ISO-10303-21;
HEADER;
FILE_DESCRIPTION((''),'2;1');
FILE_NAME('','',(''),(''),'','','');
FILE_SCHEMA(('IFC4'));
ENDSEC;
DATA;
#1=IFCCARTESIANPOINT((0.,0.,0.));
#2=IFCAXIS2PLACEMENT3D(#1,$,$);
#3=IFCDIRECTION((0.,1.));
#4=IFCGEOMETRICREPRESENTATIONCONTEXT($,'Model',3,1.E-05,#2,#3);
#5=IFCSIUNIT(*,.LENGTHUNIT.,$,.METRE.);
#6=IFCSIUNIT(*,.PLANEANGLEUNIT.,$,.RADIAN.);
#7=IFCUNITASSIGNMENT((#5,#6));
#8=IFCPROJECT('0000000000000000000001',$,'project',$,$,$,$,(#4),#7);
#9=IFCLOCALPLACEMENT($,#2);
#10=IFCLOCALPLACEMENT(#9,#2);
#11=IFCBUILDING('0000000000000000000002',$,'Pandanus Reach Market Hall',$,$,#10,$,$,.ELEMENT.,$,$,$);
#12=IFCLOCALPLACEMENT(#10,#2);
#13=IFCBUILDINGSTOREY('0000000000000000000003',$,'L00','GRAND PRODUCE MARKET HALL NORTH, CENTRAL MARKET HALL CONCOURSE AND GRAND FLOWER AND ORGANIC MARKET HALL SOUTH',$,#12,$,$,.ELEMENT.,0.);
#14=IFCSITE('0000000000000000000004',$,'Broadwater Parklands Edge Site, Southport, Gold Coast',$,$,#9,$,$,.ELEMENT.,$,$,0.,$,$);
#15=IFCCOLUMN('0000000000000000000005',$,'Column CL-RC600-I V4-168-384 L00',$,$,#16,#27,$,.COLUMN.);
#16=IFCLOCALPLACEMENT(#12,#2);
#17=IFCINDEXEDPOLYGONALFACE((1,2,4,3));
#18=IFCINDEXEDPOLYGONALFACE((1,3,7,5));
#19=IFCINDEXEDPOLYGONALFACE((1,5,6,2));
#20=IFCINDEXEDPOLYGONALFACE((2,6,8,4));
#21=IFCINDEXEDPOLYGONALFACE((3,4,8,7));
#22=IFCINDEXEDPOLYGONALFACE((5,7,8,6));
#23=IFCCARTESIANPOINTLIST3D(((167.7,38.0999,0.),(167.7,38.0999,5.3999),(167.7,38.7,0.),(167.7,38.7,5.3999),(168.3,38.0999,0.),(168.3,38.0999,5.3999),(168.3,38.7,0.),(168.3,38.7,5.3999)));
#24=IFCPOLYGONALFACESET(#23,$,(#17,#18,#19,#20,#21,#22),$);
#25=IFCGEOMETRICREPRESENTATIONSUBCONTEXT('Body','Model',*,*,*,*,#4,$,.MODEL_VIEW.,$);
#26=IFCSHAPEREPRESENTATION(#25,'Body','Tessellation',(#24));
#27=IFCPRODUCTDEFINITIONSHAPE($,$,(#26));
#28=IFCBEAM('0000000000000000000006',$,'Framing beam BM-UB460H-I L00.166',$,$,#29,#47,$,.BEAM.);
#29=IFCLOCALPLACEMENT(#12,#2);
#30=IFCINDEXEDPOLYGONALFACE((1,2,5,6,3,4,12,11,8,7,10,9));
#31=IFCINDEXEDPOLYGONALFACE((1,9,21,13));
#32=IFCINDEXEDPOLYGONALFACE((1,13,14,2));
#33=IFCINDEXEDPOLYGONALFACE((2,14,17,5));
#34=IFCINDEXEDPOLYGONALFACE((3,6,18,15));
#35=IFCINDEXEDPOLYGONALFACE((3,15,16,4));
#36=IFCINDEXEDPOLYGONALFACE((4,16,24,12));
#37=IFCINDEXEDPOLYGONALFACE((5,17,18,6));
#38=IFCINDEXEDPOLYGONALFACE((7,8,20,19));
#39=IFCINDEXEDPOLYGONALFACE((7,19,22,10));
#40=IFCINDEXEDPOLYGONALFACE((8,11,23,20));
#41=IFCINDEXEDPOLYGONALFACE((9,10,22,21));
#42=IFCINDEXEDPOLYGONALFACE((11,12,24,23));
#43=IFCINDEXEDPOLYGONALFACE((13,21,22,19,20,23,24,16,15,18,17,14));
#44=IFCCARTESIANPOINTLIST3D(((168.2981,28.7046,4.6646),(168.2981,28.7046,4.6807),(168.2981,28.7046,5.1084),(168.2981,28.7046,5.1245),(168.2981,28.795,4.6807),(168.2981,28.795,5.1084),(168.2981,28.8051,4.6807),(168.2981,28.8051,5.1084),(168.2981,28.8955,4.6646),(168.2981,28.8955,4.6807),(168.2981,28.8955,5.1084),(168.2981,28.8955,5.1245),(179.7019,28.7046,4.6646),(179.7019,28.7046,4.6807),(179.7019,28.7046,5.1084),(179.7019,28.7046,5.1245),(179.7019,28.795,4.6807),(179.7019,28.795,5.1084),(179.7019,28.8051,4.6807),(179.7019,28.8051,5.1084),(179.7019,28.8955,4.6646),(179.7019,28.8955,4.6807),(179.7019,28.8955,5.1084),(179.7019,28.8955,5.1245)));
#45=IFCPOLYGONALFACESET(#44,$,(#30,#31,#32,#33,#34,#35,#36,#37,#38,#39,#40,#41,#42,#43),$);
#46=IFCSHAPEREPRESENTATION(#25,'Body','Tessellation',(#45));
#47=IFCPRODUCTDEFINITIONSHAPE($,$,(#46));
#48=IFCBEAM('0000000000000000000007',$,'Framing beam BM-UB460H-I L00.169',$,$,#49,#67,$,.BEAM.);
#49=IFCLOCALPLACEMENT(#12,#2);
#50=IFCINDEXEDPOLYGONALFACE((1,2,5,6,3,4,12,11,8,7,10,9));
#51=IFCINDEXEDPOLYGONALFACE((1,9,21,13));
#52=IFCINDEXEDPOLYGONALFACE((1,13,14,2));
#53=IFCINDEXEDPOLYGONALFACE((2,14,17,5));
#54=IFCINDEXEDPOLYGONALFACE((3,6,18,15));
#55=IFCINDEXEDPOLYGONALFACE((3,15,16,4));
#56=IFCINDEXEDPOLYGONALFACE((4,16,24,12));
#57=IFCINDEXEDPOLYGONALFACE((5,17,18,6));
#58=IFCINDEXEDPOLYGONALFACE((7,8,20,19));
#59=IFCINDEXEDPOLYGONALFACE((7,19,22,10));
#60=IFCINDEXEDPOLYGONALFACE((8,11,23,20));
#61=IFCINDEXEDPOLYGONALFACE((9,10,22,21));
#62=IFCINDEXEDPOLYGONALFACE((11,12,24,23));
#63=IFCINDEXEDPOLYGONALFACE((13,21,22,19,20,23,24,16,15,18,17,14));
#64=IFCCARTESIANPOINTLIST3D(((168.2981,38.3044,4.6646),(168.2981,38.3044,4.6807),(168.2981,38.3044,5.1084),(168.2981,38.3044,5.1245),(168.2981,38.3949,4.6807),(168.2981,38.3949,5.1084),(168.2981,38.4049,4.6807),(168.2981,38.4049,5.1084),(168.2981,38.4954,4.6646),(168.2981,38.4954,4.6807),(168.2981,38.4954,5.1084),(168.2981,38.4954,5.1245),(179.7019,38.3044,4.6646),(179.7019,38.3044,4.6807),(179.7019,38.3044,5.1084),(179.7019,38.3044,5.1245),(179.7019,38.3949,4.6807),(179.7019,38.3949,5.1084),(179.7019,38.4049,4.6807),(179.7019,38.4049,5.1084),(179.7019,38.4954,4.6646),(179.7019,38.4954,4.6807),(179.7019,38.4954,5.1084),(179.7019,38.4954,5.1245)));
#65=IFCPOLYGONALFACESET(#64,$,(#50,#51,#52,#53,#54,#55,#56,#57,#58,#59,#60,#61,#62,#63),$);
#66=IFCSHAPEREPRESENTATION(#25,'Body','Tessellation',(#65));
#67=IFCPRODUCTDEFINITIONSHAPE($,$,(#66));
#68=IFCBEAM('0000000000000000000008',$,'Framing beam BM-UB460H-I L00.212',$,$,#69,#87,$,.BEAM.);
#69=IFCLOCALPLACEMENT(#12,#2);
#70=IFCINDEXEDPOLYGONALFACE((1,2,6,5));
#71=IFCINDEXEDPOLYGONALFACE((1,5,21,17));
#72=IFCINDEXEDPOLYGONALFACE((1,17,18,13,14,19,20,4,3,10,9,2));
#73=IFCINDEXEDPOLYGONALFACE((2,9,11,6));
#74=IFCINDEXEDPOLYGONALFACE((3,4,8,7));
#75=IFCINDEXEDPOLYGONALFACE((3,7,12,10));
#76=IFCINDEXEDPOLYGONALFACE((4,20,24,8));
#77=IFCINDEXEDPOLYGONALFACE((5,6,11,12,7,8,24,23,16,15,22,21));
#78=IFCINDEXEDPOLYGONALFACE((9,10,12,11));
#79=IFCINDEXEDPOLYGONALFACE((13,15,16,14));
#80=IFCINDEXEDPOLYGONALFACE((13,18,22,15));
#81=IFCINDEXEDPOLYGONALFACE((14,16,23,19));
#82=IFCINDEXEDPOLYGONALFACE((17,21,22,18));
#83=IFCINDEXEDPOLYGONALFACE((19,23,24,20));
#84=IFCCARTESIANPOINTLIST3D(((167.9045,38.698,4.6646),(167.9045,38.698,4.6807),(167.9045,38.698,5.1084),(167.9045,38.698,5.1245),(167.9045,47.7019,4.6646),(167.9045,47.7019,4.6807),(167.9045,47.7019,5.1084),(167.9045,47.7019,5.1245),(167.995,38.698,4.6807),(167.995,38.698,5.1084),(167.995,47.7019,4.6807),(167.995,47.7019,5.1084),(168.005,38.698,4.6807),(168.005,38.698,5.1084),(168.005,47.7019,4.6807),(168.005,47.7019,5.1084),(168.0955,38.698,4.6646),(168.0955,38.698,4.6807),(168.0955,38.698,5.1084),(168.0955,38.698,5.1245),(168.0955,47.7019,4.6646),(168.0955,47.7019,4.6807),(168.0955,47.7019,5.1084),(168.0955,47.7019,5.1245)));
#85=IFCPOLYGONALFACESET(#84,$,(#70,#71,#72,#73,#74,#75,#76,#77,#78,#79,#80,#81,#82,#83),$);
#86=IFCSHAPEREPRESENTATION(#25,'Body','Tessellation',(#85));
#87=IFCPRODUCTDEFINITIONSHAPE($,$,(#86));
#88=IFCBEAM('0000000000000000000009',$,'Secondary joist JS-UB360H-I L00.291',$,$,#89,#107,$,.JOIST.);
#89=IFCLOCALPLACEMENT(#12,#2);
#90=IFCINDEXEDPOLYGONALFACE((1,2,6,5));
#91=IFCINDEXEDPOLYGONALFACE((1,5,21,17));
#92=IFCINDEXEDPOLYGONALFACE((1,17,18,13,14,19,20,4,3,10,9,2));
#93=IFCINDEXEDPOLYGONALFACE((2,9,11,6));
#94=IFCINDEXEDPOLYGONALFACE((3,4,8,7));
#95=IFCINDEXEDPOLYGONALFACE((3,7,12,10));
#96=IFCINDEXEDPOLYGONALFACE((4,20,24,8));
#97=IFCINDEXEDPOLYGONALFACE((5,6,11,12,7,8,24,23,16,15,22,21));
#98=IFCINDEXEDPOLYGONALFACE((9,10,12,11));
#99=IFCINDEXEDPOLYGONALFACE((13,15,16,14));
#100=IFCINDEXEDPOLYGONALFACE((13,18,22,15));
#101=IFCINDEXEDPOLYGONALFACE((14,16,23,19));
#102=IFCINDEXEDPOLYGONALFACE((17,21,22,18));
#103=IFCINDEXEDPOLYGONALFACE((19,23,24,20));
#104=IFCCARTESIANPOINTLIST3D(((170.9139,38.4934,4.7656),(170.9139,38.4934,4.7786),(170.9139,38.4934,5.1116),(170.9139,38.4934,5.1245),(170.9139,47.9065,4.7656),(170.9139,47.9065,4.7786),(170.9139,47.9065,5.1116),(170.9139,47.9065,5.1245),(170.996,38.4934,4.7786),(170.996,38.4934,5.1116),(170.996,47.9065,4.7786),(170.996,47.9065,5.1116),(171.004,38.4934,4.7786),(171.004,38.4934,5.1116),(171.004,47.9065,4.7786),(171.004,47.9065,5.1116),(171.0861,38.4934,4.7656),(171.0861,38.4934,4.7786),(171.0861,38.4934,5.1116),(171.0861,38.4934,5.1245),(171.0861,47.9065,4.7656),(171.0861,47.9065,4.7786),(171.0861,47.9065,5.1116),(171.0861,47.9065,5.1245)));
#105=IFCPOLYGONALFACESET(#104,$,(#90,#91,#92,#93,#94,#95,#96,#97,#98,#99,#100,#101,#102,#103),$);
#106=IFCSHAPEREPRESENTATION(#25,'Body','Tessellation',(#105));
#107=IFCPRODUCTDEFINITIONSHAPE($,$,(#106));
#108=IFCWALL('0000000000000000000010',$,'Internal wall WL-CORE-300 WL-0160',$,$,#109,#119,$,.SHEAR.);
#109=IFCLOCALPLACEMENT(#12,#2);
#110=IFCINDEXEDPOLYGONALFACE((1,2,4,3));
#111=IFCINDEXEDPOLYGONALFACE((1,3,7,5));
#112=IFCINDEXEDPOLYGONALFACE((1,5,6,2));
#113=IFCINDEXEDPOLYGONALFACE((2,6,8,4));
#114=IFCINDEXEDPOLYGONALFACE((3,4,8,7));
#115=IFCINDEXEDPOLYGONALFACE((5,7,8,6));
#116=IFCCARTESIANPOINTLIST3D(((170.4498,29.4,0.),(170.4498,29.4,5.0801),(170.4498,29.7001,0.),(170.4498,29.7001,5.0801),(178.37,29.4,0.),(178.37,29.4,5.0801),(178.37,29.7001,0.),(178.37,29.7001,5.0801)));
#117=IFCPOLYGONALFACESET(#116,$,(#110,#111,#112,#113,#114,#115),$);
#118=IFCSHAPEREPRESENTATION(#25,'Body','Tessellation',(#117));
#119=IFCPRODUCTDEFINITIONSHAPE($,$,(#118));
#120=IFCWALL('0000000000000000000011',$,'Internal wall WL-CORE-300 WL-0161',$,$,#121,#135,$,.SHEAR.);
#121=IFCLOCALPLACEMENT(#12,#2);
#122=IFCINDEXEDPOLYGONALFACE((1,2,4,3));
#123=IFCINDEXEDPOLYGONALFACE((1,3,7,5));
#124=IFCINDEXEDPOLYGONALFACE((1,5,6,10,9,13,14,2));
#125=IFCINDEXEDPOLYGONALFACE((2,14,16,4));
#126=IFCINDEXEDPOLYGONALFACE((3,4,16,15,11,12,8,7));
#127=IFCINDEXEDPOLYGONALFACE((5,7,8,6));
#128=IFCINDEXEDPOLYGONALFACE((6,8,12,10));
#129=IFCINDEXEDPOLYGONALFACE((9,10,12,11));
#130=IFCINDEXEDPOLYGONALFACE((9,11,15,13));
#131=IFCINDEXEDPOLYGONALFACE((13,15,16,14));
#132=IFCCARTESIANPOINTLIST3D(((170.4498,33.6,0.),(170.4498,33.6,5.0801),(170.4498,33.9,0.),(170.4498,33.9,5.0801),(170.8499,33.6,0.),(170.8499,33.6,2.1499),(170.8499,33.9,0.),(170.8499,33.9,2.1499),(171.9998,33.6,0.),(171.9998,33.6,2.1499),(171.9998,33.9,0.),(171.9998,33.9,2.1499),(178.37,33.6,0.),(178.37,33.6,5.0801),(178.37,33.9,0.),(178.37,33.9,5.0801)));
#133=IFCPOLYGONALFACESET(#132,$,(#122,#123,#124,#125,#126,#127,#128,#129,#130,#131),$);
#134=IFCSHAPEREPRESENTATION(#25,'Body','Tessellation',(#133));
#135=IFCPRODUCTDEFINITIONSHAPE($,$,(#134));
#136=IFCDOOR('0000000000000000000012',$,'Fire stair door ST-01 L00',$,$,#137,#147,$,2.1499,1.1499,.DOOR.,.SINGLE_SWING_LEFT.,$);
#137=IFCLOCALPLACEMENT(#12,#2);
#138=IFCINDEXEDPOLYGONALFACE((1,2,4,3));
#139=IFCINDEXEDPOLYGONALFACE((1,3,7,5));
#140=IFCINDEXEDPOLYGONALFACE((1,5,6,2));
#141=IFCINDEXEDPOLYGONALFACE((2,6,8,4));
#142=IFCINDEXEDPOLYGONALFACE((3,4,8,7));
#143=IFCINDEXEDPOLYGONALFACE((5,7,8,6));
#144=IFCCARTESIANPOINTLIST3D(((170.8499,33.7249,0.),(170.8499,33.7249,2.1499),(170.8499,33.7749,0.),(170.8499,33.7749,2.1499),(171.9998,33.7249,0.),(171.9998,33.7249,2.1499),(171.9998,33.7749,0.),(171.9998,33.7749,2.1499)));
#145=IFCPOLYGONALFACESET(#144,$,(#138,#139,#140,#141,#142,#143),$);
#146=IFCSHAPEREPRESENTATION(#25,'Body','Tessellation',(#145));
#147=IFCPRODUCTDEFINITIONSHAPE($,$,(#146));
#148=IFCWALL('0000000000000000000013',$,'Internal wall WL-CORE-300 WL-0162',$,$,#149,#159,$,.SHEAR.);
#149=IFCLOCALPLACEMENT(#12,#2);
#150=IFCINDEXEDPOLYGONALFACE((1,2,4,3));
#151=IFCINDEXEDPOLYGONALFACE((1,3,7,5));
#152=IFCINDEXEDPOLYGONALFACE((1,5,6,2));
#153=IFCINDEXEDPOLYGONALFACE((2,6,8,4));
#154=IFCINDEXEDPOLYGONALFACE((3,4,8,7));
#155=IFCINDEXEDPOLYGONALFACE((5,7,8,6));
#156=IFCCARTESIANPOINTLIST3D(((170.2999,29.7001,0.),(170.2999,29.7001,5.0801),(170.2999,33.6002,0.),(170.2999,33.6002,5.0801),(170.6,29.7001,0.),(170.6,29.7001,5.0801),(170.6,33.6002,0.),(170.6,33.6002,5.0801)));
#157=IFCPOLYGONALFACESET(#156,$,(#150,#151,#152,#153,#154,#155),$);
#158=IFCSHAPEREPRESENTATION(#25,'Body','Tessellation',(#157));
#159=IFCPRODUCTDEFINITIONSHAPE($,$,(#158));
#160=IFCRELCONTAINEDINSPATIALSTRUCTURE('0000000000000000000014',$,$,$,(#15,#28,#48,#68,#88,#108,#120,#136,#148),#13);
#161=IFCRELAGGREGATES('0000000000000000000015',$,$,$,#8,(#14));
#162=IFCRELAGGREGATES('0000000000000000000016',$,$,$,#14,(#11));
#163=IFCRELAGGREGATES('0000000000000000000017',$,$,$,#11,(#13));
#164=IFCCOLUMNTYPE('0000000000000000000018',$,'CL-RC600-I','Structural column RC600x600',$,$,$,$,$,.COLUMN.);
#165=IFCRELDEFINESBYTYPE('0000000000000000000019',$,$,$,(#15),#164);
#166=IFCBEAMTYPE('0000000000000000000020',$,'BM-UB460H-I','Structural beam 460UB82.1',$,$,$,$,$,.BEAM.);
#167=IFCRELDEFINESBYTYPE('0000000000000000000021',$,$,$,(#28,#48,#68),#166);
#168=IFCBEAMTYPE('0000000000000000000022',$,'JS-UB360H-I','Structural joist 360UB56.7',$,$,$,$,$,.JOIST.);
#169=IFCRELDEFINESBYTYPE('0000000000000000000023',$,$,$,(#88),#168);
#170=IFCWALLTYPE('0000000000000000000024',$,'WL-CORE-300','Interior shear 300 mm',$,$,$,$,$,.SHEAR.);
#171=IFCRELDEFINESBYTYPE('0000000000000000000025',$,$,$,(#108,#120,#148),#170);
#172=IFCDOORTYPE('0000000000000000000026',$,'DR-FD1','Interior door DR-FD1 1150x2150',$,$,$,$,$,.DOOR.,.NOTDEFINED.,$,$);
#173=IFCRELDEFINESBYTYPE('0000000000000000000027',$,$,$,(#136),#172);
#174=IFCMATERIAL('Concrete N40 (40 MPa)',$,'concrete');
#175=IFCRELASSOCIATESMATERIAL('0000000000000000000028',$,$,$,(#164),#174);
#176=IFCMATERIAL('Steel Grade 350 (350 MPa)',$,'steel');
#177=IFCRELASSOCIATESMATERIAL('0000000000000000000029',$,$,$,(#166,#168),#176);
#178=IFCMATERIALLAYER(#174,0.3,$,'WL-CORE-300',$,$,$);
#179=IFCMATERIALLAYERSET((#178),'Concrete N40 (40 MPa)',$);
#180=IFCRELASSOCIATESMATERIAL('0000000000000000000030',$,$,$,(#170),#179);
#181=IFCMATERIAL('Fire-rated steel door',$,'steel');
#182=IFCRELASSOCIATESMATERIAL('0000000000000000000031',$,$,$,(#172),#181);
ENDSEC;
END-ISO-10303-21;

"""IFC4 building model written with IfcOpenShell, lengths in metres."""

from ifc_helpers import new_model, si_unit, direction, frame, frame_2d, origin, origin_2d, place, context, subcontext, project, spatial, rectangle, i_section, extrude, material, layer, layer_set, material_profile, profile_set, type_object, element, fill, save


model = new_model("IFC4")

# Units and contexts
model_context = context("Model", 3, precision=1e-05, world=origin(), true_north=direction((0.0, 1.0)))
body_context = subcontext(model_context, "Body", "Model", "MODEL_VIEW")
ifc_project = project(units=[si_unit("LENGTHUNIT", "METRE"), si_unit("PLANEANGLEUNIT", "RADIAN")], contexts=[model_context])

# Site, building, storey
site_placement = place(None, origin())
site = spatial("IfcSite", under=ifc_project, at=site_placement, Name="Broadwater Parklands Edge Site, Southport, Gold Coast", CompositionType="ELEMENT", RefElevation=0.0)
building_placement = place(site_placement, origin())
building = spatial("IfcBuilding", under=site, at=building_placement, Name="Pandanus Reach Market Hall", CompositionType="ELEMENT")
storey_placement = place(building_placement, origin())
storey = spatial("IfcBuildingStorey", under=building, at=storey_placement, Name="L00", Description="GRAND PRODUCE MARKET HALL NORTH, CENTRAL MARKET HALL CONCOURSE AND GRAND FLOWER AND ORGANIC MARKET HALL SOUTH", CompositionType="ELEMENT", Elevation=0.0)

# Column
ifc_material_1 = material(Name="Concrete N40 (40 MPa)", Category="concrete")
ifc_material_profile_1 = material_profile(ifc_material_1, rectangle(XDim=0.6001, YDim=0.6001, at=origin_2d()), Name="RC600x600", Category="LoadBearing")
ifc_profile_set_1 = profile_set([ifc_material_profile_1], Name="Concrete N40 (40 MPa)")
column_type = type_object("IfcColumnType", Name="CL-RC600-I", Description="Structural column RC600x600", PredefinedType="COLUMN", material=ifc_profile_set_1)
column_placement = place(storey_placement, frame((168.0, 38.3999, 0.0), z_axis=(0.0, 0.0, 1.0), x_axis=(1.0, 0.0, 0.0)))
element("IfcColumn", 1, at=column_placement, inside=storey, type_object=column_type, Name="Column CL-RC600-I V4-168-384 L00", PredefinedType="COLUMN", context=body_context, shape_type="SweptSolid", body=[
    extrude(rectangle(XDim=0.6001, YDim=0.6001, at=origin_2d()), origin(), (0.0, 0.0, 1.0), 5.3999),
])

# Beams
ifc_material_2 = material(Name="Steel Grade 350 (350 MPa)", Category="steel")
ifc_material_profile_2 = material_profile(ifc_material_2, i_section(OverallWidth=0.1909, OverallDepth=0.46, WebThickness=0.01, FlangeThickness=0.0161, at=origin_2d()), Name="460UB82.1", Category="LoadBearing")
ifc_profile_set_2 = profile_set([ifc_material_profile_2], Name="Steel Grade 350 (350 MPa)")
beam_type_1 = type_object("IfcBeamType", Name="BM-UB460H-I", Description="Structural beam 460UB82.1", PredefinedType="BEAM", material=ifc_profile_set_2)
for number, where, z_axis, x_axis, name in (
    (2, (168.2981, 28.8, 4.8945), (1.0, 0.0, 0.0), (0.0, 1.0, 0.0), "Framing beam BM-UB460H-I L00.166"),
    (3, (168.2981, 38.3999, 4.8945), (1.0, 0.0, 0.0), (0.0, 1.0, 0.0), "Framing beam BM-UB460H-I L00.169"),
):
    element("IfcBeam", number, at=place(storey_placement, frame(where, z_axis=z_axis, x_axis=x_axis)), inside=storey, type_object=beam_type_1, Name=name, PredefinedType="BEAM", context=body_context, shape_type="SweptSolid", body=[
        extrude(i_section(OverallWidth=0.1909, OverallDepth=0.46, WebThickness=0.01, FlangeThickness=0.0161, at=origin_2d()), origin(), (0.0, 0.0, 1.0), 11.4038),
    ])
beam_1_placement = place(storey_placement, frame((168.0, 38.698, 4.8945), z_axis=(0.0, 1.0, 0.0), x_axis=(-1.0, 0.0, 0.0)))
element("IfcBeam", 4, at=beam_1_placement, inside=storey, type_object=beam_type_1, Name="Framing beam BM-UB460H-I L00.212", PredefinedType="BEAM", context=body_context, shape_type="SweptSolid", body=[
    extrude(i_section(OverallWidth=0.1909, OverallDepth=0.46, WebThickness=0.01, FlangeThickness=0.0161, at=origin_2d()), origin(), (0.0, 0.0, 1.0), 9.0039),
])
ifc_material_profile_3 = material_profile(ifc_material_2, i_section(OverallWidth=0.1721, OverallDepth=0.3589, WebThickness=0.0081, FlangeThickness=0.0129, at=origin_2d()), Name="360UB56.7", Category="LoadBearing")
ifc_profile_set_3 = profile_set([ifc_material_profile_3], Name="Steel Grade 350 (350 MPa)")
beam_type_2 = type_object("IfcBeamType", Name="JS-UB360H-I", Description="Structural joist 360UB56.7", PredefinedType="JOIST", material=ifc_profile_set_3)
beam_2_placement = place(storey_placement, frame((171.0, 38.4934, 4.9451), z_axis=(0.0, 1.0, 0.0), x_axis=(-1.0, 0.0, 0.0)))
element("IfcBeam", 5, at=beam_2_placement, inside=storey, type_object=beam_type_2, Name="Secondary joist JS-UB360H-I L00.291", PredefinedType="JOIST", context=body_context, shape_type="SweptSolid", body=[
    extrude(i_section(OverallWidth=0.1721, OverallDepth=0.3589, WebThickness=0.0081, FlangeThickness=0.0129, at=origin_2d()), origin(), (0.0, 0.0, 1.0), 9.4131),
])

# Wall
ifc_layer_1 = layer(ifc_material_1, 0.3, Name="WL-CORE-300")
ifc_layer_set_1 = layer_set([ifc_layer_1], Name="Concrete N40 (40 MPa)")
wall_type_1 = type_object("IfcWallType", Name="WL-CORE-300", Description="Interior shear 300 mm", PredefinedType="SHEAR", material=ifc_layer_set_1)
wall_1_placement = place(storey_placement, frame((170.45, 29.55, 0.0), z_axis=(0.0, 0.0, 1.0), x_axis=(1.0, 0.0, 0.0)))
element("IfcWall", 6, at=wall_1_placement, inside=storey, type_object=wall_type_1, Name="Internal wall WL-CORE-300 WL-0160", PredefinedType="SHEAR", context=body_context, shape_type="SweptSolid", body=[
    extrude(rectangle(XDim=7.9202, YDim=0.3, at=frame_2d((3.96, 0.0))), origin(), (0.0, 0.0, 1.0), 5.0801),
])

# Wall, opening, door
wall_2_placement = place(storey_placement, frame((170.45, 33.75, 0.0), z_axis=(0.0, 0.0, 1.0), x_axis=(1.0, 0.0, 0.0)))
wall_2 = element("IfcWall", 7, at=wall_2_placement, inside=storey, type_object=wall_type_1, Name="Internal wall WL-CORE-300 WL-0161", PredefinedType="SHEAR", context=body_context, shape_type="SweptSolid", body=[
    extrude(rectangle(XDim=7.9202, YDim=0.3, at=frame_2d((3.96, 0.0))), origin(), (0.0, 0.0, 1.0), 5.0801),
])
opening_1_placement = place(wall_2_placement, frame((0.3999, 0.0, 0.0)))
opening_1 = element("IfcOpeningElement", 8, at=opening_1_placement, cuts=wall_2, PredefinedType="OPENING", context=body_context, shape_type="SweptSolid", body=[
    extrude(rectangle(XDim=1.1499, YDim=2.1499, at=frame_2d((0.575, 1.075))), frame((0.0, 0.165, 0.0), z_axis=(0.0, -1.0, 0.0), x_axis=(1.0, 0.0, 0.0)), (0.0, 0.0, 1.0), 0.3301),
])
ifc_material_3 = material(Name="Fire-rated steel door", Category="steel")
door_type_1 = type_object("IfcDoorType", Name="DR-FD1", Description="Interior door DR-FD1 1150x2150", OperationType="NOTDEFINED", PredefinedType="DOOR", material=ifc_material_3)
door_1_placement = place(opening_1_placement, origin())
door_1 = element("IfcDoor", 9, at=door_1_placement, inside=storey, type_object=door_type_1, Name="Fire stair door ST-01 L00", OperationType="SINGLE_SWING_LEFT", OverallHeight=2.1499, OverallWidth=1.1499, PredefinedType="DOOR", context=body_context, shape_type="SweptSolid", body=[
    extrude(rectangle(XDim=1.1499, YDim=2.1499, at=frame_2d((0.575, 1.075))), frame((0.0, 0.0249, 0.0), z_axis=(0.0, -1.0, 0.0), x_axis=(1.0, 0.0, 0.0)), (0.0, 0.0, 1.0), 0.05),
])
fill(opening_1, door_1)

# Wall
wall_3_placement = place(storey_placement, frame((170.45, 29.7, 0.0), z_axis=(0.0, 0.0, 1.0), x_axis=(0.0, 1.0, 0.0)))
element("IfcWall", 10, at=wall_3_placement, inside=storey, type_object=wall_type_1, Name="Internal wall WL-CORE-300 WL-0162", PredefinedType="SHEAR", context=body_context, shape_type="SweptSolid", body=[
    extrude(rectangle(XDim=3.9001, YDim=0.3, at=frame_2d((1.9502, 0.0))), origin(), (0.0, 0.0, 1.0), 5.0801),
])

save(model, "model.ifc")
